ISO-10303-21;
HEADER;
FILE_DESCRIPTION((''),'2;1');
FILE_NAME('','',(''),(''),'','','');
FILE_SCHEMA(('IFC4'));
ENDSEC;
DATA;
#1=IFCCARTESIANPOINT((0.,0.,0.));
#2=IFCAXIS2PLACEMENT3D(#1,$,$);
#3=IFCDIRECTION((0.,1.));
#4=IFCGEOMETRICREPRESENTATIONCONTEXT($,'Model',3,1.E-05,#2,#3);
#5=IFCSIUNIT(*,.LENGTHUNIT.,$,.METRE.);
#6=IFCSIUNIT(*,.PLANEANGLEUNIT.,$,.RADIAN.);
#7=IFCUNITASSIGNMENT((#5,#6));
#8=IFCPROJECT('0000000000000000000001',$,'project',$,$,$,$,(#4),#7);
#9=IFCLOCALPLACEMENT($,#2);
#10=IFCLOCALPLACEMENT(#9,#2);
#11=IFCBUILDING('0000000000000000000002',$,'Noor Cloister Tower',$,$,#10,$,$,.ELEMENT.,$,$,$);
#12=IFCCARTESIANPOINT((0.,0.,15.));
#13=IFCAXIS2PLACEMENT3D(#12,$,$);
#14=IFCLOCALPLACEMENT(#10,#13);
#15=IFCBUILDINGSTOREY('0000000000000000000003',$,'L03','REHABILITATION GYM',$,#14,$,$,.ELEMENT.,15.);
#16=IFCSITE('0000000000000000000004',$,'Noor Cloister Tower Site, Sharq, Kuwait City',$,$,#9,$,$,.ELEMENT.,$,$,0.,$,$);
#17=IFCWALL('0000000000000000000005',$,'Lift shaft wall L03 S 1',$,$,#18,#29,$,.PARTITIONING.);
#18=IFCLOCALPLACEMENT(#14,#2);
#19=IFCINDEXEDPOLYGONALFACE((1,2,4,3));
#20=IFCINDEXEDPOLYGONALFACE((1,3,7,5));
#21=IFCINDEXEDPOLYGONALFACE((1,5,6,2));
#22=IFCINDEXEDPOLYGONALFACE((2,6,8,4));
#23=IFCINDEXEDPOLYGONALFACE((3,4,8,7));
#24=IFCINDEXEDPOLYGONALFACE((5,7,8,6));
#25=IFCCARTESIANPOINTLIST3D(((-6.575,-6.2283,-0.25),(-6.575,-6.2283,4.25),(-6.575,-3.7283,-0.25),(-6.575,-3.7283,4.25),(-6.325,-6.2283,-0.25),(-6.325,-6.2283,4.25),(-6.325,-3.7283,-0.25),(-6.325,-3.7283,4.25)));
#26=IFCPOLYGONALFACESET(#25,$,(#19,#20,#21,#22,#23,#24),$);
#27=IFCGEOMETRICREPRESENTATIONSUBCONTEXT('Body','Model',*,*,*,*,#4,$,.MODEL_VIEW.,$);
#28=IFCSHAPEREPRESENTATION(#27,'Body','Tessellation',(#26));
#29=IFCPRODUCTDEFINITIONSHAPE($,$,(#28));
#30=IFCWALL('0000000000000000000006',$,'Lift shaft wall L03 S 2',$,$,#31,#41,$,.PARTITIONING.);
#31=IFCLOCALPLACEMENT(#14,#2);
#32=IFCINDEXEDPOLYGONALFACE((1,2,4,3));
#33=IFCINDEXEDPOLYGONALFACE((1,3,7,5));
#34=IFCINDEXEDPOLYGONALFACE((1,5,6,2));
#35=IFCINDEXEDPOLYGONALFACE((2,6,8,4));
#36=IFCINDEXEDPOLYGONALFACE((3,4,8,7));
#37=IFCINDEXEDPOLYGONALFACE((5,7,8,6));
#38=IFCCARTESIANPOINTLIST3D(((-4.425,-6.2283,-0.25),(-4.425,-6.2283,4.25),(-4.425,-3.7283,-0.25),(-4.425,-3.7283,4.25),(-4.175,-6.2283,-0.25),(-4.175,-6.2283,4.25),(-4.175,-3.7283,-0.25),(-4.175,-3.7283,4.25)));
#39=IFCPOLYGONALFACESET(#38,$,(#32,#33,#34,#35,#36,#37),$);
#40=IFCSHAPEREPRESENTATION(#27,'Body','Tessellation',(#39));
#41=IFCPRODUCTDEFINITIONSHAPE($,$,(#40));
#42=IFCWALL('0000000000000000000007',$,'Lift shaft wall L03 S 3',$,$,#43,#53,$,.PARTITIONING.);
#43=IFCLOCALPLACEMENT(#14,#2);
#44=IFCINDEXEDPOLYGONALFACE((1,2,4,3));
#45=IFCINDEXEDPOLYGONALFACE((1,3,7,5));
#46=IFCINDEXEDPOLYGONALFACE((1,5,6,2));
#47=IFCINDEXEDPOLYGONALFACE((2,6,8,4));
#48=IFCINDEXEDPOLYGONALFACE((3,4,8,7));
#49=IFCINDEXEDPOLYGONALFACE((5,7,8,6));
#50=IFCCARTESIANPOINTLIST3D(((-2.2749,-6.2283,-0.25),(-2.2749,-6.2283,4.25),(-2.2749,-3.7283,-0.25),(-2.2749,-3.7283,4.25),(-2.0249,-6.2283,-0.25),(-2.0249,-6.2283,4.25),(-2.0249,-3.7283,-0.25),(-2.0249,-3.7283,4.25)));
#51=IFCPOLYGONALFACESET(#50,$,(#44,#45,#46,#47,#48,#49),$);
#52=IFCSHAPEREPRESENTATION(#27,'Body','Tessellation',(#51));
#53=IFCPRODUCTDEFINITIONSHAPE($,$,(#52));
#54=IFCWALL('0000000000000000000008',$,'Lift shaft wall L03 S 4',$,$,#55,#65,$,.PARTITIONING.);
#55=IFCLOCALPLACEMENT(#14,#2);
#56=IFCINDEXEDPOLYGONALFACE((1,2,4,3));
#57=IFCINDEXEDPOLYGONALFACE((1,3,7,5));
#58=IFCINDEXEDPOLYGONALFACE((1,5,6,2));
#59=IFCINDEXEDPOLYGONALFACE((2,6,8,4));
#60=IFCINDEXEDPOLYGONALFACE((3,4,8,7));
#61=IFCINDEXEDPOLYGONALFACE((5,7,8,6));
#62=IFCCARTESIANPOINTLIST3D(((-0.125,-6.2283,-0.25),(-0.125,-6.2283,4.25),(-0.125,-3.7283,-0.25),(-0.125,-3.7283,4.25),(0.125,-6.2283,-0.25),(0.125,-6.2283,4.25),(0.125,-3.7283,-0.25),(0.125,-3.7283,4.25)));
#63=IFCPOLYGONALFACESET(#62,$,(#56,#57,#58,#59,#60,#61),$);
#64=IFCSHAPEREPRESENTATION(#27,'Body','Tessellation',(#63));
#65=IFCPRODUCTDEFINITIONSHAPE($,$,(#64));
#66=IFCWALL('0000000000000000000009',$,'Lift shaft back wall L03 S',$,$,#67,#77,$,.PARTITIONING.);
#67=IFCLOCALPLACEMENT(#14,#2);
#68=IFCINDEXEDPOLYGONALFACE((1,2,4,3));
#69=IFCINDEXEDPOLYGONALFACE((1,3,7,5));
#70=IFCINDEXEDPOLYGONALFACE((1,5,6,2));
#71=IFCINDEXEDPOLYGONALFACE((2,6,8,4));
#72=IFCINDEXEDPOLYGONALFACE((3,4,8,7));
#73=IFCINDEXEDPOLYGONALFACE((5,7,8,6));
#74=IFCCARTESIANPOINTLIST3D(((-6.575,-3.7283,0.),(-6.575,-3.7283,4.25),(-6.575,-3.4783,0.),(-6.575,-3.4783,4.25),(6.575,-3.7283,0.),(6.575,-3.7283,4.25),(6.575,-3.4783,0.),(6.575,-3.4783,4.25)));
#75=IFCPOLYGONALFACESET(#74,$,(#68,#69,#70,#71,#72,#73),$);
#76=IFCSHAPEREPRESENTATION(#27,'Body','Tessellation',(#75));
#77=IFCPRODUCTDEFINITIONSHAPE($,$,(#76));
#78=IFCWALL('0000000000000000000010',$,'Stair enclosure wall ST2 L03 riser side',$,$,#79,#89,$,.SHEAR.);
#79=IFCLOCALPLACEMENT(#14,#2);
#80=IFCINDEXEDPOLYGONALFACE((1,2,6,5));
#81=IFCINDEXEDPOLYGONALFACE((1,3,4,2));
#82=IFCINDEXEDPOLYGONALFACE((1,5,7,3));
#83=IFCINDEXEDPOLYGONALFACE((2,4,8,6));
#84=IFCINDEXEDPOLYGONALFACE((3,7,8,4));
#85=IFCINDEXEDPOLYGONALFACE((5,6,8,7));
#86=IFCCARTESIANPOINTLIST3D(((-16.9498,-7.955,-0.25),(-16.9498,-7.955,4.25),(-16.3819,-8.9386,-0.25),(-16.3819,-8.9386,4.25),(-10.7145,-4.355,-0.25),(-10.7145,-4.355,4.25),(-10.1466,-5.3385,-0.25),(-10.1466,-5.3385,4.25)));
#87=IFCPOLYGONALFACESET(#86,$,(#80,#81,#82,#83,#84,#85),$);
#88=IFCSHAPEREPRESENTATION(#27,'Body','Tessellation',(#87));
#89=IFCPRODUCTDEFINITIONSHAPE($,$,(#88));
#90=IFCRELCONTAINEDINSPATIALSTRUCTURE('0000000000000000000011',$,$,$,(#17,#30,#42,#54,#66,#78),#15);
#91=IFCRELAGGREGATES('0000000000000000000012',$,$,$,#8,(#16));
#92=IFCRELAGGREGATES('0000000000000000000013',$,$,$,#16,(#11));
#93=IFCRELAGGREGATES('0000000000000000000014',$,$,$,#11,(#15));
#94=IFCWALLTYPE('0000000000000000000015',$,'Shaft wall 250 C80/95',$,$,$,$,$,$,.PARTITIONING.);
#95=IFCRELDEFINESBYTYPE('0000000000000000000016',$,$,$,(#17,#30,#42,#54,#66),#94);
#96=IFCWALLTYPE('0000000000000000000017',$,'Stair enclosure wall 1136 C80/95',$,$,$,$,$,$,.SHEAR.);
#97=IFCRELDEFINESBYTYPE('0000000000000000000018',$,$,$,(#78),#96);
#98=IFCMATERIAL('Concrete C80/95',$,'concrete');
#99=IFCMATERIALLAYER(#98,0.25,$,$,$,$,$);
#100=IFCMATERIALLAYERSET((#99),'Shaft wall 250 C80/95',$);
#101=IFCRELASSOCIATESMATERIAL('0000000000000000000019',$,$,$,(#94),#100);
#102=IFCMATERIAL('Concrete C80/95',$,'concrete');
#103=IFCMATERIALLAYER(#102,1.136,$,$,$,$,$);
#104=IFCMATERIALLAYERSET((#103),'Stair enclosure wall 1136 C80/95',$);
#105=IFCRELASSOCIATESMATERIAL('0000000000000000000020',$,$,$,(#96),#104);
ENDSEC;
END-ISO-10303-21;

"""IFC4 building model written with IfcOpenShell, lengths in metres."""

from ifc_helpers import new_model, si_unit, direction, frame, frame_2d, origin, place, context, subcontext, project, spatial, rectangle, extrude, material, layer, layer_set, type_object, element, save


model = new_model("IFC4")

# Units and contexts
model_context = context("Model", 3, precision=1e-05, world=origin(), true_north=direction((0.0, 1.0)))
body_context = subcontext(model_context, "Body", "Model", "MODEL_VIEW")
ifc_project = project(units=[si_unit("LENGTHUNIT", "METRE"), si_unit("PLANEANGLEUNIT", "RADIAN")], contexts=[model_context])

# Site, building, storey
site_placement = place(None, origin())
site = spatial("IfcSite", under=ifc_project, at=site_placement, Name="Noor Cloister Tower Site, Sharq, Kuwait City", CompositionType="ELEMENT", RefElevation=0.0)
building_placement = place(site_placement, origin())
building = spatial("IfcBuilding", under=site, at=building_placement, Name="Noor Cloister Tower", CompositionType="ELEMENT")
storey_placement = place(building_placement, frame((0.0, 0.0, 15.0)))
storey = spatial("IfcBuildingStorey", under=building, at=storey_placement, Name="L03", Description="REHABILITATION GYM", CompositionType="ELEMENT", Elevation=15.0)

# Walls
ifc_material_1 = material(Name="Concrete C80/95", Category="concrete")
ifc_layer_1 = layer(ifc_material_1, 0.25)
ifc_layer_set_1 = layer_set([ifc_layer_1], Name="Shaft wall 250 C80/95")
wall_type_1 = type_object("IfcWallType", Name="Shaft wall 250 C80/95", PredefinedType="PARTITIONING", material=ifc_layer_set_1)
for number, where, z_axis, x_axis, name in (
    (1, (-6.45, -6.2283, -0.25), (0.0, 0.0, 1.0), (0.0, 1.0, 0.0), "Lift shaft wall L03 S 1"),
    (2, (-4.3, -6.2283, -0.25), (0.0, 0.0, 1.0), (0.0, 1.0, 0.0), "Lift shaft wall L03 S 2"),
    (3, (-2.1499, -6.2283, -0.25), (0.0, 0.0, 1.0), (0.0, 1.0, 0.0), "Lift shaft wall L03 S 3"),
    (4, (0.0, -6.2283, -0.25), (0.0, 0.0, 1.0), (0.0, 1.0, 0.0), "Lift shaft wall L03 S 4"),
):
    element("IfcWall", number, at=place(storey_placement, frame(where, z_axis=z_axis, x_axis=x_axis)), inside=storey, type_object=wall_type_1, Name=name, PredefinedType="PARTITIONING", context=body_context, shape_type="SweptSolid", body=[
        extrude(rectangle(XDim=2.5, YDim=0.25, at=frame_2d((1.25, 0.0))), origin(), (0.0, 0.0, 1.0), 4.5),
    ])
wall_1_placement = place(storey_placement, frame((-6.575, -3.6033, 0.0), z_axis=(0.0, 0.0, 1.0), x_axis=(1.0, 0.0, 0.0)))
element("IfcWall", 5, at=wall_1_placement, inside=storey, type_object=wall_type_1, Name="Lift shaft back wall L03 S", PredefinedType="PARTITIONING", context=body_context, shape_type="SweptSolid", body=[
    extrude(rectangle(XDim=13.1499, YDim=0.25, at=frame_2d((6.575, 0.0))), origin(), (0.0, 0.0, 1.0), 4.25),
])
ifc_material_2 = material(Name="Concrete C80/95", Category="concrete")
ifc_layer_2 = layer(ifc_material_2, 1.136)
ifc_layer_set_2 = layer_set([ifc_layer_2], Name="Stair enclosure wall 1136 C80/95")
wall_type_2 = type_object("IfcWallType", Name="Stair enclosure wall 1136 C80/95", PredefinedType="SHEAR", material=ifc_layer_set_2)
wall_2_placement = place(storey_placement, frame((-10.4304, -4.8467, -0.25), z_axis=(0.0, 0.0, 1.0), x_axis=(-0.866018, -0.500012, 0.0)))
element("IfcWall", 6, at=wall_2_placement, inside=storey, type_object=wall_type_2, Name="Stair enclosure wall ST2 L03 riser side", PredefinedType="SHEAR", context=body_context, shape_type="SweptSolid", body=[
    extrude(rectangle(XDim=7.2, YDim=1.1357, at=frame_2d((3.6001, 0.0))), origin(), (0.0, 0.0, 1.0), 4.5),
])

save(model, "model.ifc")
